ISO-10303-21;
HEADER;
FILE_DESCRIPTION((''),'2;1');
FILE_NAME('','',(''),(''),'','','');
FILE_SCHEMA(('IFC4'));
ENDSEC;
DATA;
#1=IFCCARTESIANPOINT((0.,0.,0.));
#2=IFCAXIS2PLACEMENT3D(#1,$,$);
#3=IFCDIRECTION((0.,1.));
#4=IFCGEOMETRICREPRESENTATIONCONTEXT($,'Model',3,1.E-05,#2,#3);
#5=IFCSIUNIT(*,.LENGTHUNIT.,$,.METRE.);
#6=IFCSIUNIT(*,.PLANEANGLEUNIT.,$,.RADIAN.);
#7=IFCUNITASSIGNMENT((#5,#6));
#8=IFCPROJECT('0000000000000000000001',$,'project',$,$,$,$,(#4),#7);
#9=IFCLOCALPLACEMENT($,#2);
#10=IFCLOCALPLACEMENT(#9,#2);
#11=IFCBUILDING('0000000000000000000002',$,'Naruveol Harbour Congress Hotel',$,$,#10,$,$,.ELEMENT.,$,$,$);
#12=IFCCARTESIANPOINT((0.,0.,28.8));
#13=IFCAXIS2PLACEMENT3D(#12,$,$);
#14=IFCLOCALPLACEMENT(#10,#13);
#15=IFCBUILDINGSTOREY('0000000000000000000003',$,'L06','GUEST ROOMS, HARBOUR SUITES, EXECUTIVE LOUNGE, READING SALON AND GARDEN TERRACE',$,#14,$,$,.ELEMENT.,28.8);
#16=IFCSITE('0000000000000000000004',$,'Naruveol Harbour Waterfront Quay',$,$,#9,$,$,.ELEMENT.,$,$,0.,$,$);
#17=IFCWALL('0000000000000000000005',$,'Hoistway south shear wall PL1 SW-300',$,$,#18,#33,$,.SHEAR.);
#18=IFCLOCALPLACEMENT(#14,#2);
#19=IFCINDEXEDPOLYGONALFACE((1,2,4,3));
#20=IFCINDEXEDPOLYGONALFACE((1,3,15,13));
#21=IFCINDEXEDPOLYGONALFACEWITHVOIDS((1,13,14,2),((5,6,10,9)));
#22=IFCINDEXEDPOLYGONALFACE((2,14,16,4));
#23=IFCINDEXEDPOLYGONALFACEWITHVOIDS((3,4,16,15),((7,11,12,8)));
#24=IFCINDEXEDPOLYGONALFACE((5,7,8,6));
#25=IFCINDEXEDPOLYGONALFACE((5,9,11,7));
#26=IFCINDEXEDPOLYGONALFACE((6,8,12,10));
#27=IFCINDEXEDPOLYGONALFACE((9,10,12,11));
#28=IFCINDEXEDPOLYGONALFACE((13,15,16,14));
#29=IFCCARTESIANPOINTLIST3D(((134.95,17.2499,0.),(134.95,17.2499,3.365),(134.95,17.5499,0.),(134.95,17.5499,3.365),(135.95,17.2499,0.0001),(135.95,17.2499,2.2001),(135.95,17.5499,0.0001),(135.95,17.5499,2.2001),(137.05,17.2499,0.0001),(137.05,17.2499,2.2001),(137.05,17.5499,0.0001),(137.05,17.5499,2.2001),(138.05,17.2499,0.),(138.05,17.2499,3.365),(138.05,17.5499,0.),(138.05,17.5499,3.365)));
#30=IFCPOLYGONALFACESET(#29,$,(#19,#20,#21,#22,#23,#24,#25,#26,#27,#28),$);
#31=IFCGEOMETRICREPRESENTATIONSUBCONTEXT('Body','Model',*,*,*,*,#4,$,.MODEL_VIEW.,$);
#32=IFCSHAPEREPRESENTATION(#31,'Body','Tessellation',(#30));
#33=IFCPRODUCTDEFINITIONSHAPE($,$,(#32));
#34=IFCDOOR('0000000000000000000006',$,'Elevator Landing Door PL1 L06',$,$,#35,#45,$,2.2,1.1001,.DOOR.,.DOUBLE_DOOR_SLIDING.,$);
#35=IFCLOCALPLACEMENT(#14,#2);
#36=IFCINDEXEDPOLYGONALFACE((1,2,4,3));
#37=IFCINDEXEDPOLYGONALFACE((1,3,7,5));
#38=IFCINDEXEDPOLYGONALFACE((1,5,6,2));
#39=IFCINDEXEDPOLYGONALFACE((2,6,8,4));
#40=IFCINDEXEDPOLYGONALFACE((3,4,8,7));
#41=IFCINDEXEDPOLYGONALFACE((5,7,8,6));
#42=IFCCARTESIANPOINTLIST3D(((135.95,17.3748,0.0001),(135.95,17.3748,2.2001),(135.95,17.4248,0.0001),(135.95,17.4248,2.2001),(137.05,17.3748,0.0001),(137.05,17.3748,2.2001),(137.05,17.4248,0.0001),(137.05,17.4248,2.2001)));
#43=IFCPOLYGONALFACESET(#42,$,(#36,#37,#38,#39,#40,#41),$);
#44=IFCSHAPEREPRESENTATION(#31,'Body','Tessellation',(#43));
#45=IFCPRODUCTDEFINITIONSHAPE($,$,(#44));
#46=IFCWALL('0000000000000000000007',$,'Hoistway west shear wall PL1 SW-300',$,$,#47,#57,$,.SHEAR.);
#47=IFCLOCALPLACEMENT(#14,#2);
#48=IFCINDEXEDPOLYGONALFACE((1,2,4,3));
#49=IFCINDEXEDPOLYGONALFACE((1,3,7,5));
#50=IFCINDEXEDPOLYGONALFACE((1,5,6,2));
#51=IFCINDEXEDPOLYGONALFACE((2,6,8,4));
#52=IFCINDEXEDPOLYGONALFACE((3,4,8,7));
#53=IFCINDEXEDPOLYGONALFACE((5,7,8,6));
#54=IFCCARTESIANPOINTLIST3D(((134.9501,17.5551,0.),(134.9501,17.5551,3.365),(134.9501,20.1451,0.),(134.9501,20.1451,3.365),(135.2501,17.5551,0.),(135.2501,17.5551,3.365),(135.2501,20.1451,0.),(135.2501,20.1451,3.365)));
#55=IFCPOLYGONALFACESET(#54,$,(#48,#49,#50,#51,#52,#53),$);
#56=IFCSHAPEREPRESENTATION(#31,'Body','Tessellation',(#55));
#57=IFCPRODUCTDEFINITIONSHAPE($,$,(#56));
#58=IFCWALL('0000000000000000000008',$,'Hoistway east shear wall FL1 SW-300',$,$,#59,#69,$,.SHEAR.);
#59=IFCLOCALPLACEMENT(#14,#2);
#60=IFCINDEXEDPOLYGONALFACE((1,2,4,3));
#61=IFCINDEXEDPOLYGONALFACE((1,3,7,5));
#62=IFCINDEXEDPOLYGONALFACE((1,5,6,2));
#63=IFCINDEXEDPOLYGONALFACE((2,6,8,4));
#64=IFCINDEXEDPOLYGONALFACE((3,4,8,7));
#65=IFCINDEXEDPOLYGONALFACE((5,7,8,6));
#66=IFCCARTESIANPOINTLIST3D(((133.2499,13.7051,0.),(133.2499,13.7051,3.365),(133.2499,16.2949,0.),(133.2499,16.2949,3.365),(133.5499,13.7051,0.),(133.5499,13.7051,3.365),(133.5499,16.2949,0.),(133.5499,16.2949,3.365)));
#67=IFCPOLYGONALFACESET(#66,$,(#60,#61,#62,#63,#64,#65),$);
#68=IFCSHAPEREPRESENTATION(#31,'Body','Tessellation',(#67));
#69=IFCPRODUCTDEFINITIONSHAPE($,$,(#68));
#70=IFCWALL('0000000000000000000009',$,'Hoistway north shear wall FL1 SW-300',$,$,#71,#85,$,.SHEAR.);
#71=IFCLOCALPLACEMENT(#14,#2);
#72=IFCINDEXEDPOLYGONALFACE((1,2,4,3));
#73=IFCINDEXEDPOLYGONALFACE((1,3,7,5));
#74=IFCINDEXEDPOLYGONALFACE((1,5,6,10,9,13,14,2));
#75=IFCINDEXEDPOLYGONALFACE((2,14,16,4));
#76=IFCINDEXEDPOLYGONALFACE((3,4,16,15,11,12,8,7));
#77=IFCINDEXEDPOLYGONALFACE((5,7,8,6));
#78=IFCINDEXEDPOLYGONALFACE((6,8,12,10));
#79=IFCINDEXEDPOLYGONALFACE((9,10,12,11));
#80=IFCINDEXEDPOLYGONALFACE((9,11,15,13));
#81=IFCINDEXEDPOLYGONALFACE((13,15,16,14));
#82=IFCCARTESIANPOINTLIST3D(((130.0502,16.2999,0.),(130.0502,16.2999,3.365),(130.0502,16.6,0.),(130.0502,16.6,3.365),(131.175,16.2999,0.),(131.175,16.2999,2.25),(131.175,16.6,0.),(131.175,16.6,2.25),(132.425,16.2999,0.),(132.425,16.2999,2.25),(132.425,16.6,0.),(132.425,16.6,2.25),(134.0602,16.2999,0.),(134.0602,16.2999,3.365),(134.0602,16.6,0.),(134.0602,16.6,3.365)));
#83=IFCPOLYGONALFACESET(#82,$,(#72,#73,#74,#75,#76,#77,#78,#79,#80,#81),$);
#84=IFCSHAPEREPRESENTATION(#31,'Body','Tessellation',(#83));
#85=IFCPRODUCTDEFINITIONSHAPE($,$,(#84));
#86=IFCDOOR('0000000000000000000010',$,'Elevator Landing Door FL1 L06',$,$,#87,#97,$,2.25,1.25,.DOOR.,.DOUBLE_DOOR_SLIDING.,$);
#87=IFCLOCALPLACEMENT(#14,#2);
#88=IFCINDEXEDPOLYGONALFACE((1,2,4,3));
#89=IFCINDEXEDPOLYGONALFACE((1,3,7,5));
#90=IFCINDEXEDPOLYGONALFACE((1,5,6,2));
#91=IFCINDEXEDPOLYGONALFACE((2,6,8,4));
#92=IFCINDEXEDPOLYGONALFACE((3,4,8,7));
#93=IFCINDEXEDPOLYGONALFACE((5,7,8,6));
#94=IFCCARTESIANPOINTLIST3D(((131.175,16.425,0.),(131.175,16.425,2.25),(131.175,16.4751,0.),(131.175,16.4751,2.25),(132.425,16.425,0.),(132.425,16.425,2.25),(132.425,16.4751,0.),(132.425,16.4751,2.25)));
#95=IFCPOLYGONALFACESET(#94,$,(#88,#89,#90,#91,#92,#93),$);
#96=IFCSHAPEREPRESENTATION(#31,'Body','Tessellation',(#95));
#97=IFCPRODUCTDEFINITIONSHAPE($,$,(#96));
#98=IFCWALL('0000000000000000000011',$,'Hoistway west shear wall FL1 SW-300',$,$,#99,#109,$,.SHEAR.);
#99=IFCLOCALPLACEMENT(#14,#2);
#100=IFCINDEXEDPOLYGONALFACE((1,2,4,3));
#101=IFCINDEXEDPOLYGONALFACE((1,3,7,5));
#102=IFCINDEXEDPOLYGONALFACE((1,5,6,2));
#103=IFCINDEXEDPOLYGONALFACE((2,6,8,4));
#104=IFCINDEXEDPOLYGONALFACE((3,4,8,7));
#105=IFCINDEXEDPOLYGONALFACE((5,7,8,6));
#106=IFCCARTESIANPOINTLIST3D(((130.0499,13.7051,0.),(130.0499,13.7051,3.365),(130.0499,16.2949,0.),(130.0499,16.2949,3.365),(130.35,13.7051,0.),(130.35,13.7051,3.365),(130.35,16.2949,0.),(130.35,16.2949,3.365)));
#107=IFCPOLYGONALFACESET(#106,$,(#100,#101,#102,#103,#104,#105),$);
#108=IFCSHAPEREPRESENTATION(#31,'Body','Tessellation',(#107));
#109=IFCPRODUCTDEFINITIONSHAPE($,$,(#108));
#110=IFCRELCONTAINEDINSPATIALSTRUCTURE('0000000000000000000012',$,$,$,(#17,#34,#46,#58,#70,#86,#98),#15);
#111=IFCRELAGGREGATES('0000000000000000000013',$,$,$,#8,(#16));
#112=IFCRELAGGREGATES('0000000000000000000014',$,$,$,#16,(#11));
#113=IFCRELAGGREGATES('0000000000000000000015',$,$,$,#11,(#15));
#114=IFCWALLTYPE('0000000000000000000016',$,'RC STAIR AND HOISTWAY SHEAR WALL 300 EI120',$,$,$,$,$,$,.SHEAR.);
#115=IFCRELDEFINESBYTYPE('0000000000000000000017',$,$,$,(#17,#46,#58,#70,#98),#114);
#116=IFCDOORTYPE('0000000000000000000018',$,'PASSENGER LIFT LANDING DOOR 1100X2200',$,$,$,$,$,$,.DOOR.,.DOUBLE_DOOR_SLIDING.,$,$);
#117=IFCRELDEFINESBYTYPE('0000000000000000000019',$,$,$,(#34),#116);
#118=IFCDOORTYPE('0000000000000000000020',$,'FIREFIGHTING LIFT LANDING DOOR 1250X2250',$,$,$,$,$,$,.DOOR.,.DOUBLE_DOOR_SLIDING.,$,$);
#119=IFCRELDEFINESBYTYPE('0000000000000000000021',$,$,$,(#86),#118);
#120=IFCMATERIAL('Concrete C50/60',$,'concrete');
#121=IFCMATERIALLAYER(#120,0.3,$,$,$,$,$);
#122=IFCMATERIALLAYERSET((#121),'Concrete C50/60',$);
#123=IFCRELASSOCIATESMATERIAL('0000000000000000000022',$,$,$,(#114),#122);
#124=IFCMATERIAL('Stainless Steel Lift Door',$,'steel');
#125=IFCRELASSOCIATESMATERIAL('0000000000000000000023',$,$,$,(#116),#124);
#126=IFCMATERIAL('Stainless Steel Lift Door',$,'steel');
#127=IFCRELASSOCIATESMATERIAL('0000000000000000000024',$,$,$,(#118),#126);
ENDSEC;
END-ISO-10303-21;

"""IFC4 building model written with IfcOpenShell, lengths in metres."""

from ifc_helpers import new_model, si_unit, direction, frame, frame_2d, origin, place, context, subcontext, project, spatial, rectangle, extrude, material, layer, layer_set, type_object, element, fill, save


model = new_model("IFC4")

# Units and contexts
model_context = context("Model", 3, precision=1e-05, world=origin(), true_north=direction((0.0, 1.0)))
body_context = subcontext(model_context, "Body", "Model", "MODEL_VIEW")
ifc_project = project(units=[si_unit("LENGTHUNIT", "METRE"), si_unit("PLANEANGLEUNIT", "RADIAN")], contexts=[model_context])

# Site, building, storey
site_placement = place(None, origin())
site = spatial("IfcSite", under=ifc_project, at=site_placement, Name="Naruveol Harbour Waterfront Quay", CompositionType="ELEMENT", RefElevation=0.0)
building_placement = place(site_placement, origin())
building = spatial("IfcBuilding", under=site, at=building_placement, Name="Naruveol Harbour Congress Hotel", CompositionType="ELEMENT")
storey_placement = place(building_placement, frame((0.0, 0.0, 28.8)))
storey = spatial("IfcBuildingStorey", under=building, at=storey_placement, Name="L06", Description="GUEST ROOMS, HARBOUR SUITES, EXECUTIVE LOUNGE, READING SALON AND GARDEN TERRACE", CompositionType="ELEMENT", Elevation=28.8)

# Wall, opening, door
ifc_material_1 = material(Name="Concrete C50/60", Category="concrete")
ifc_layer_1 = layer(ifc_material_1, 0.3)
ifc_layer_set_1 = layer_set([ifc_layer_1], Name="Concrete C50/60")
wall_type_1 = type_object("IfcWallType", Name="RC STAIR AND HOISTWAY SHEAR WALL 300 EI120", PredefinedType="SHEAR", material=ifc_layer_set_1)
wall_1_placement = place(storey_placement, frame((134.95, 17.3999, 0.0), z_axis=(0.0, 0.0, 1.0), x_axis=(1.0, 0.0, 0.0)))
wall_1 = element("IfcWall", 1, at=wall_1_placement, inside=storey, type_object=wall_type_1, Name="Hoistway south shear wall PL1 SW-300", PredefinedType="SHEAR", context=body_context, shape_type="SweptSolid", body=[
    extrude(rectangle(XDim=3.1001, YDim=0.3, at=frame_2d((1.55, 0.0))), origin(), (0.0, 0.0, 1.0), 3.365),
])
opening_1_placement = place(wall_1_placement, frame((1.0, 0.0, 0.0)))
opening_1 = element("IfcOpeningElement", 2, at=opening_1_placement, cuts=wall_1, PredefinedType="OPENING", context=body_context, shape_type="SweptSolid", body=[
    extrude(rectangle(XDim=1.1001, YDim=2.2, at=frame_2d((0.55, 1.1001))), frame((0.0, 0.1599, 0.0), z_axis=(0.0, -1.0, 0.0), x_axis=(1.0, 0.0, 0.0)), (0.0, 0.0, 1.0), 0.3201),
])
ifc_material_2 = material(Name="Stainless Steel Lift Door", Category="steel")
door_type_1 = type_object("IfcDoorType", Name="PASSENGER LIFT LANDING DOOR 1100X2200", OperationType="DOUBLE_DOOR_SLIDING", PredefinedType="DOOR", material=ifc_material_2)
door_1_placement = place(opening_1_placement, origin())
door_1 = element("IfcDoor", 3, at=door_1_placement, inside=storey, type_object=door_type_1, Name="Elevator Landing Door PL1 L06", OperationType="DOUBLE_DOOR_SLIDING", OverallHeight=2.2, OverallWidth=1.1001, PredefinedType="DOOR", context=body_context, shape_type="SweptSolid", body=[
    extrude(rectangle(XDim=1.1001, YDim=2.2, at=frame_2d((0.55, 1.1001))), frame((0.0, 0.0249, 0.0), z_axis=(0.0, -1.0, 0.0), x_axis=(1.0, 0.0, 0.0)), (0.0, 0.0, 1.0), 0.05),
])
fill(opening_1, door_1)

# Walls
wall_2_placement = place(storey_placement, frame((135.1001, 20.145, 0.0), z_axis=(0.0, 0.0, 1.0), x_axis=(0.0, -1.0, 0.0)))
element("IfcWall", 4, at=wall_2_placement, inside=storey, type_object=wall_type_1, Name="Hoistway west shear wall PL1 SW-300", PredefinedType="SHEAR", context=body_context, shape_type="SweptSolid", body=[
    extrude(rectangle(XDim=2.5901, YDim=0.3, at=frame_2d((1.2949, 0.0))), origin(), (0.0, 0.0, 1.0), 3.365),
])
wall_3_placement = place(storey_placement, frame((133.3999, 13.7051, 0.0), z_axis=(0.0, 0.0, 1.0), x_axis=(0.0, 1.0, 0.0)))
element("IfcWall", 5, at=wall_3_placement, inside=storey, type_object=wall_type_1, Name="Hoistway east shear wall FL1 SW-300", PredefinedType="SHEAR", context=body_context, shape_type="SweptSolid", body=[
    extrude(rectangle(XDim=2.5898, YDim=0.3, at=frame_2d((1.2949, 0.0))), origin(), (0.0, 0.0, 1.0), 3.365),
])

# Wall, opening, door
wall_4_placement = place(storey_placement, frame((134.0601, 16.45, 0.0), z_axis=(0.0, 0.0, 1.0), x_axis=(-1.0, 0.0, 0.0)))
wall_4 = element("IfcWall", 6, at=wall_4_placement, inside=storey, type_object=wall_type_1, Name="Hoistway north shear wall FL1 SW-300", PredefinedType="SHEAR", context=body_context, shape_type="SweptSolid", body=[
    extrude(rectangle(XDim=4.01, YDim=0.3, at=frame_2d((2.0049, 0.0))), origin(), (0.0, 0.0, 1.0), 3.365),
])
opening_2_placement = place(wall_4_placement, frame((1.635, 0.0, 0.0)))
opening_2 = element("IfcOpeningElement", 7, at=opening_2_placement, cuts=wall_4, PredefinedType="OPENING", context=body_context, shape_type="SweptSolid", body=[
    extrude(rectangle(XDim=1.25, YDim=2.25, at=frame_2d((0.625, 1.125))), frame((0.0, 0.1599, 0.0), z_axis=(0.0, -1.0, 0.0), x_axis=(1.0, 0.0, 0.0)), (0.0, 0.0, 1.0), 0.3201),
])
ifc_material_3 = material(Name="Stainless Steel Lift Door", Category="steel")
door_type_2 = type_object("IfcDoorType", Name="FIREFIGHTING LIFT LANDING DOOR 1250X2250", OperationType="DOUBLE_DOOR_SLIDING", PredefinedType="DOOR", material=ifc_material_3)
door_2_placement = place(opening_2_placement, origin())
door_2 = element("IfcDoor", 8, at=door_2_placement, inside=storey, type_object=door_type_2, Name="Elevator Landing Door FL1 L06", OperationType="DOUBLE_DOOR_SLIDING", OverallHeight=2.25, OverallWidth=1.25, PredefinedType="DOOR", context=body_context, shape_type="SweptSolid", body=[
    extrude(rectangle(XDim=1.25, YDim=2.25, at=frame_2d((0.625, 1.125))), frame((0.0, 0.0249, 0.0), z_axis=(0.0, -1.0, 0.0), x_axis=(1.0, 0.0, 0.0)), (0.0, 0.0, 1.0), 0.05),
])
fill(opening_2, door_2)

# Wall
wall_5_placement = place(storey_placement, frame((130.2, 16.2949, 0.0), z_axis=(0.0, 0.0, 1.0), x_axis=(0.0, -1.0, 0.0)))
element("IfcWall", 9, at=wall_5_placement, inside=storey, type_object=wall_type_1, Name="Hoistway west shear wall FL1 SW-300", PredefinedType="SHEAR", context=body_context, shape_type="SweptSolid", body=[
    extrude(rectangle(XDim=2.5898, YDim=0.3, at=frame_2d((1.2949, 0.0))), origin(), (0.0, 0.0, 1.0), 3.365),
])

save(model, "model.ifc")
